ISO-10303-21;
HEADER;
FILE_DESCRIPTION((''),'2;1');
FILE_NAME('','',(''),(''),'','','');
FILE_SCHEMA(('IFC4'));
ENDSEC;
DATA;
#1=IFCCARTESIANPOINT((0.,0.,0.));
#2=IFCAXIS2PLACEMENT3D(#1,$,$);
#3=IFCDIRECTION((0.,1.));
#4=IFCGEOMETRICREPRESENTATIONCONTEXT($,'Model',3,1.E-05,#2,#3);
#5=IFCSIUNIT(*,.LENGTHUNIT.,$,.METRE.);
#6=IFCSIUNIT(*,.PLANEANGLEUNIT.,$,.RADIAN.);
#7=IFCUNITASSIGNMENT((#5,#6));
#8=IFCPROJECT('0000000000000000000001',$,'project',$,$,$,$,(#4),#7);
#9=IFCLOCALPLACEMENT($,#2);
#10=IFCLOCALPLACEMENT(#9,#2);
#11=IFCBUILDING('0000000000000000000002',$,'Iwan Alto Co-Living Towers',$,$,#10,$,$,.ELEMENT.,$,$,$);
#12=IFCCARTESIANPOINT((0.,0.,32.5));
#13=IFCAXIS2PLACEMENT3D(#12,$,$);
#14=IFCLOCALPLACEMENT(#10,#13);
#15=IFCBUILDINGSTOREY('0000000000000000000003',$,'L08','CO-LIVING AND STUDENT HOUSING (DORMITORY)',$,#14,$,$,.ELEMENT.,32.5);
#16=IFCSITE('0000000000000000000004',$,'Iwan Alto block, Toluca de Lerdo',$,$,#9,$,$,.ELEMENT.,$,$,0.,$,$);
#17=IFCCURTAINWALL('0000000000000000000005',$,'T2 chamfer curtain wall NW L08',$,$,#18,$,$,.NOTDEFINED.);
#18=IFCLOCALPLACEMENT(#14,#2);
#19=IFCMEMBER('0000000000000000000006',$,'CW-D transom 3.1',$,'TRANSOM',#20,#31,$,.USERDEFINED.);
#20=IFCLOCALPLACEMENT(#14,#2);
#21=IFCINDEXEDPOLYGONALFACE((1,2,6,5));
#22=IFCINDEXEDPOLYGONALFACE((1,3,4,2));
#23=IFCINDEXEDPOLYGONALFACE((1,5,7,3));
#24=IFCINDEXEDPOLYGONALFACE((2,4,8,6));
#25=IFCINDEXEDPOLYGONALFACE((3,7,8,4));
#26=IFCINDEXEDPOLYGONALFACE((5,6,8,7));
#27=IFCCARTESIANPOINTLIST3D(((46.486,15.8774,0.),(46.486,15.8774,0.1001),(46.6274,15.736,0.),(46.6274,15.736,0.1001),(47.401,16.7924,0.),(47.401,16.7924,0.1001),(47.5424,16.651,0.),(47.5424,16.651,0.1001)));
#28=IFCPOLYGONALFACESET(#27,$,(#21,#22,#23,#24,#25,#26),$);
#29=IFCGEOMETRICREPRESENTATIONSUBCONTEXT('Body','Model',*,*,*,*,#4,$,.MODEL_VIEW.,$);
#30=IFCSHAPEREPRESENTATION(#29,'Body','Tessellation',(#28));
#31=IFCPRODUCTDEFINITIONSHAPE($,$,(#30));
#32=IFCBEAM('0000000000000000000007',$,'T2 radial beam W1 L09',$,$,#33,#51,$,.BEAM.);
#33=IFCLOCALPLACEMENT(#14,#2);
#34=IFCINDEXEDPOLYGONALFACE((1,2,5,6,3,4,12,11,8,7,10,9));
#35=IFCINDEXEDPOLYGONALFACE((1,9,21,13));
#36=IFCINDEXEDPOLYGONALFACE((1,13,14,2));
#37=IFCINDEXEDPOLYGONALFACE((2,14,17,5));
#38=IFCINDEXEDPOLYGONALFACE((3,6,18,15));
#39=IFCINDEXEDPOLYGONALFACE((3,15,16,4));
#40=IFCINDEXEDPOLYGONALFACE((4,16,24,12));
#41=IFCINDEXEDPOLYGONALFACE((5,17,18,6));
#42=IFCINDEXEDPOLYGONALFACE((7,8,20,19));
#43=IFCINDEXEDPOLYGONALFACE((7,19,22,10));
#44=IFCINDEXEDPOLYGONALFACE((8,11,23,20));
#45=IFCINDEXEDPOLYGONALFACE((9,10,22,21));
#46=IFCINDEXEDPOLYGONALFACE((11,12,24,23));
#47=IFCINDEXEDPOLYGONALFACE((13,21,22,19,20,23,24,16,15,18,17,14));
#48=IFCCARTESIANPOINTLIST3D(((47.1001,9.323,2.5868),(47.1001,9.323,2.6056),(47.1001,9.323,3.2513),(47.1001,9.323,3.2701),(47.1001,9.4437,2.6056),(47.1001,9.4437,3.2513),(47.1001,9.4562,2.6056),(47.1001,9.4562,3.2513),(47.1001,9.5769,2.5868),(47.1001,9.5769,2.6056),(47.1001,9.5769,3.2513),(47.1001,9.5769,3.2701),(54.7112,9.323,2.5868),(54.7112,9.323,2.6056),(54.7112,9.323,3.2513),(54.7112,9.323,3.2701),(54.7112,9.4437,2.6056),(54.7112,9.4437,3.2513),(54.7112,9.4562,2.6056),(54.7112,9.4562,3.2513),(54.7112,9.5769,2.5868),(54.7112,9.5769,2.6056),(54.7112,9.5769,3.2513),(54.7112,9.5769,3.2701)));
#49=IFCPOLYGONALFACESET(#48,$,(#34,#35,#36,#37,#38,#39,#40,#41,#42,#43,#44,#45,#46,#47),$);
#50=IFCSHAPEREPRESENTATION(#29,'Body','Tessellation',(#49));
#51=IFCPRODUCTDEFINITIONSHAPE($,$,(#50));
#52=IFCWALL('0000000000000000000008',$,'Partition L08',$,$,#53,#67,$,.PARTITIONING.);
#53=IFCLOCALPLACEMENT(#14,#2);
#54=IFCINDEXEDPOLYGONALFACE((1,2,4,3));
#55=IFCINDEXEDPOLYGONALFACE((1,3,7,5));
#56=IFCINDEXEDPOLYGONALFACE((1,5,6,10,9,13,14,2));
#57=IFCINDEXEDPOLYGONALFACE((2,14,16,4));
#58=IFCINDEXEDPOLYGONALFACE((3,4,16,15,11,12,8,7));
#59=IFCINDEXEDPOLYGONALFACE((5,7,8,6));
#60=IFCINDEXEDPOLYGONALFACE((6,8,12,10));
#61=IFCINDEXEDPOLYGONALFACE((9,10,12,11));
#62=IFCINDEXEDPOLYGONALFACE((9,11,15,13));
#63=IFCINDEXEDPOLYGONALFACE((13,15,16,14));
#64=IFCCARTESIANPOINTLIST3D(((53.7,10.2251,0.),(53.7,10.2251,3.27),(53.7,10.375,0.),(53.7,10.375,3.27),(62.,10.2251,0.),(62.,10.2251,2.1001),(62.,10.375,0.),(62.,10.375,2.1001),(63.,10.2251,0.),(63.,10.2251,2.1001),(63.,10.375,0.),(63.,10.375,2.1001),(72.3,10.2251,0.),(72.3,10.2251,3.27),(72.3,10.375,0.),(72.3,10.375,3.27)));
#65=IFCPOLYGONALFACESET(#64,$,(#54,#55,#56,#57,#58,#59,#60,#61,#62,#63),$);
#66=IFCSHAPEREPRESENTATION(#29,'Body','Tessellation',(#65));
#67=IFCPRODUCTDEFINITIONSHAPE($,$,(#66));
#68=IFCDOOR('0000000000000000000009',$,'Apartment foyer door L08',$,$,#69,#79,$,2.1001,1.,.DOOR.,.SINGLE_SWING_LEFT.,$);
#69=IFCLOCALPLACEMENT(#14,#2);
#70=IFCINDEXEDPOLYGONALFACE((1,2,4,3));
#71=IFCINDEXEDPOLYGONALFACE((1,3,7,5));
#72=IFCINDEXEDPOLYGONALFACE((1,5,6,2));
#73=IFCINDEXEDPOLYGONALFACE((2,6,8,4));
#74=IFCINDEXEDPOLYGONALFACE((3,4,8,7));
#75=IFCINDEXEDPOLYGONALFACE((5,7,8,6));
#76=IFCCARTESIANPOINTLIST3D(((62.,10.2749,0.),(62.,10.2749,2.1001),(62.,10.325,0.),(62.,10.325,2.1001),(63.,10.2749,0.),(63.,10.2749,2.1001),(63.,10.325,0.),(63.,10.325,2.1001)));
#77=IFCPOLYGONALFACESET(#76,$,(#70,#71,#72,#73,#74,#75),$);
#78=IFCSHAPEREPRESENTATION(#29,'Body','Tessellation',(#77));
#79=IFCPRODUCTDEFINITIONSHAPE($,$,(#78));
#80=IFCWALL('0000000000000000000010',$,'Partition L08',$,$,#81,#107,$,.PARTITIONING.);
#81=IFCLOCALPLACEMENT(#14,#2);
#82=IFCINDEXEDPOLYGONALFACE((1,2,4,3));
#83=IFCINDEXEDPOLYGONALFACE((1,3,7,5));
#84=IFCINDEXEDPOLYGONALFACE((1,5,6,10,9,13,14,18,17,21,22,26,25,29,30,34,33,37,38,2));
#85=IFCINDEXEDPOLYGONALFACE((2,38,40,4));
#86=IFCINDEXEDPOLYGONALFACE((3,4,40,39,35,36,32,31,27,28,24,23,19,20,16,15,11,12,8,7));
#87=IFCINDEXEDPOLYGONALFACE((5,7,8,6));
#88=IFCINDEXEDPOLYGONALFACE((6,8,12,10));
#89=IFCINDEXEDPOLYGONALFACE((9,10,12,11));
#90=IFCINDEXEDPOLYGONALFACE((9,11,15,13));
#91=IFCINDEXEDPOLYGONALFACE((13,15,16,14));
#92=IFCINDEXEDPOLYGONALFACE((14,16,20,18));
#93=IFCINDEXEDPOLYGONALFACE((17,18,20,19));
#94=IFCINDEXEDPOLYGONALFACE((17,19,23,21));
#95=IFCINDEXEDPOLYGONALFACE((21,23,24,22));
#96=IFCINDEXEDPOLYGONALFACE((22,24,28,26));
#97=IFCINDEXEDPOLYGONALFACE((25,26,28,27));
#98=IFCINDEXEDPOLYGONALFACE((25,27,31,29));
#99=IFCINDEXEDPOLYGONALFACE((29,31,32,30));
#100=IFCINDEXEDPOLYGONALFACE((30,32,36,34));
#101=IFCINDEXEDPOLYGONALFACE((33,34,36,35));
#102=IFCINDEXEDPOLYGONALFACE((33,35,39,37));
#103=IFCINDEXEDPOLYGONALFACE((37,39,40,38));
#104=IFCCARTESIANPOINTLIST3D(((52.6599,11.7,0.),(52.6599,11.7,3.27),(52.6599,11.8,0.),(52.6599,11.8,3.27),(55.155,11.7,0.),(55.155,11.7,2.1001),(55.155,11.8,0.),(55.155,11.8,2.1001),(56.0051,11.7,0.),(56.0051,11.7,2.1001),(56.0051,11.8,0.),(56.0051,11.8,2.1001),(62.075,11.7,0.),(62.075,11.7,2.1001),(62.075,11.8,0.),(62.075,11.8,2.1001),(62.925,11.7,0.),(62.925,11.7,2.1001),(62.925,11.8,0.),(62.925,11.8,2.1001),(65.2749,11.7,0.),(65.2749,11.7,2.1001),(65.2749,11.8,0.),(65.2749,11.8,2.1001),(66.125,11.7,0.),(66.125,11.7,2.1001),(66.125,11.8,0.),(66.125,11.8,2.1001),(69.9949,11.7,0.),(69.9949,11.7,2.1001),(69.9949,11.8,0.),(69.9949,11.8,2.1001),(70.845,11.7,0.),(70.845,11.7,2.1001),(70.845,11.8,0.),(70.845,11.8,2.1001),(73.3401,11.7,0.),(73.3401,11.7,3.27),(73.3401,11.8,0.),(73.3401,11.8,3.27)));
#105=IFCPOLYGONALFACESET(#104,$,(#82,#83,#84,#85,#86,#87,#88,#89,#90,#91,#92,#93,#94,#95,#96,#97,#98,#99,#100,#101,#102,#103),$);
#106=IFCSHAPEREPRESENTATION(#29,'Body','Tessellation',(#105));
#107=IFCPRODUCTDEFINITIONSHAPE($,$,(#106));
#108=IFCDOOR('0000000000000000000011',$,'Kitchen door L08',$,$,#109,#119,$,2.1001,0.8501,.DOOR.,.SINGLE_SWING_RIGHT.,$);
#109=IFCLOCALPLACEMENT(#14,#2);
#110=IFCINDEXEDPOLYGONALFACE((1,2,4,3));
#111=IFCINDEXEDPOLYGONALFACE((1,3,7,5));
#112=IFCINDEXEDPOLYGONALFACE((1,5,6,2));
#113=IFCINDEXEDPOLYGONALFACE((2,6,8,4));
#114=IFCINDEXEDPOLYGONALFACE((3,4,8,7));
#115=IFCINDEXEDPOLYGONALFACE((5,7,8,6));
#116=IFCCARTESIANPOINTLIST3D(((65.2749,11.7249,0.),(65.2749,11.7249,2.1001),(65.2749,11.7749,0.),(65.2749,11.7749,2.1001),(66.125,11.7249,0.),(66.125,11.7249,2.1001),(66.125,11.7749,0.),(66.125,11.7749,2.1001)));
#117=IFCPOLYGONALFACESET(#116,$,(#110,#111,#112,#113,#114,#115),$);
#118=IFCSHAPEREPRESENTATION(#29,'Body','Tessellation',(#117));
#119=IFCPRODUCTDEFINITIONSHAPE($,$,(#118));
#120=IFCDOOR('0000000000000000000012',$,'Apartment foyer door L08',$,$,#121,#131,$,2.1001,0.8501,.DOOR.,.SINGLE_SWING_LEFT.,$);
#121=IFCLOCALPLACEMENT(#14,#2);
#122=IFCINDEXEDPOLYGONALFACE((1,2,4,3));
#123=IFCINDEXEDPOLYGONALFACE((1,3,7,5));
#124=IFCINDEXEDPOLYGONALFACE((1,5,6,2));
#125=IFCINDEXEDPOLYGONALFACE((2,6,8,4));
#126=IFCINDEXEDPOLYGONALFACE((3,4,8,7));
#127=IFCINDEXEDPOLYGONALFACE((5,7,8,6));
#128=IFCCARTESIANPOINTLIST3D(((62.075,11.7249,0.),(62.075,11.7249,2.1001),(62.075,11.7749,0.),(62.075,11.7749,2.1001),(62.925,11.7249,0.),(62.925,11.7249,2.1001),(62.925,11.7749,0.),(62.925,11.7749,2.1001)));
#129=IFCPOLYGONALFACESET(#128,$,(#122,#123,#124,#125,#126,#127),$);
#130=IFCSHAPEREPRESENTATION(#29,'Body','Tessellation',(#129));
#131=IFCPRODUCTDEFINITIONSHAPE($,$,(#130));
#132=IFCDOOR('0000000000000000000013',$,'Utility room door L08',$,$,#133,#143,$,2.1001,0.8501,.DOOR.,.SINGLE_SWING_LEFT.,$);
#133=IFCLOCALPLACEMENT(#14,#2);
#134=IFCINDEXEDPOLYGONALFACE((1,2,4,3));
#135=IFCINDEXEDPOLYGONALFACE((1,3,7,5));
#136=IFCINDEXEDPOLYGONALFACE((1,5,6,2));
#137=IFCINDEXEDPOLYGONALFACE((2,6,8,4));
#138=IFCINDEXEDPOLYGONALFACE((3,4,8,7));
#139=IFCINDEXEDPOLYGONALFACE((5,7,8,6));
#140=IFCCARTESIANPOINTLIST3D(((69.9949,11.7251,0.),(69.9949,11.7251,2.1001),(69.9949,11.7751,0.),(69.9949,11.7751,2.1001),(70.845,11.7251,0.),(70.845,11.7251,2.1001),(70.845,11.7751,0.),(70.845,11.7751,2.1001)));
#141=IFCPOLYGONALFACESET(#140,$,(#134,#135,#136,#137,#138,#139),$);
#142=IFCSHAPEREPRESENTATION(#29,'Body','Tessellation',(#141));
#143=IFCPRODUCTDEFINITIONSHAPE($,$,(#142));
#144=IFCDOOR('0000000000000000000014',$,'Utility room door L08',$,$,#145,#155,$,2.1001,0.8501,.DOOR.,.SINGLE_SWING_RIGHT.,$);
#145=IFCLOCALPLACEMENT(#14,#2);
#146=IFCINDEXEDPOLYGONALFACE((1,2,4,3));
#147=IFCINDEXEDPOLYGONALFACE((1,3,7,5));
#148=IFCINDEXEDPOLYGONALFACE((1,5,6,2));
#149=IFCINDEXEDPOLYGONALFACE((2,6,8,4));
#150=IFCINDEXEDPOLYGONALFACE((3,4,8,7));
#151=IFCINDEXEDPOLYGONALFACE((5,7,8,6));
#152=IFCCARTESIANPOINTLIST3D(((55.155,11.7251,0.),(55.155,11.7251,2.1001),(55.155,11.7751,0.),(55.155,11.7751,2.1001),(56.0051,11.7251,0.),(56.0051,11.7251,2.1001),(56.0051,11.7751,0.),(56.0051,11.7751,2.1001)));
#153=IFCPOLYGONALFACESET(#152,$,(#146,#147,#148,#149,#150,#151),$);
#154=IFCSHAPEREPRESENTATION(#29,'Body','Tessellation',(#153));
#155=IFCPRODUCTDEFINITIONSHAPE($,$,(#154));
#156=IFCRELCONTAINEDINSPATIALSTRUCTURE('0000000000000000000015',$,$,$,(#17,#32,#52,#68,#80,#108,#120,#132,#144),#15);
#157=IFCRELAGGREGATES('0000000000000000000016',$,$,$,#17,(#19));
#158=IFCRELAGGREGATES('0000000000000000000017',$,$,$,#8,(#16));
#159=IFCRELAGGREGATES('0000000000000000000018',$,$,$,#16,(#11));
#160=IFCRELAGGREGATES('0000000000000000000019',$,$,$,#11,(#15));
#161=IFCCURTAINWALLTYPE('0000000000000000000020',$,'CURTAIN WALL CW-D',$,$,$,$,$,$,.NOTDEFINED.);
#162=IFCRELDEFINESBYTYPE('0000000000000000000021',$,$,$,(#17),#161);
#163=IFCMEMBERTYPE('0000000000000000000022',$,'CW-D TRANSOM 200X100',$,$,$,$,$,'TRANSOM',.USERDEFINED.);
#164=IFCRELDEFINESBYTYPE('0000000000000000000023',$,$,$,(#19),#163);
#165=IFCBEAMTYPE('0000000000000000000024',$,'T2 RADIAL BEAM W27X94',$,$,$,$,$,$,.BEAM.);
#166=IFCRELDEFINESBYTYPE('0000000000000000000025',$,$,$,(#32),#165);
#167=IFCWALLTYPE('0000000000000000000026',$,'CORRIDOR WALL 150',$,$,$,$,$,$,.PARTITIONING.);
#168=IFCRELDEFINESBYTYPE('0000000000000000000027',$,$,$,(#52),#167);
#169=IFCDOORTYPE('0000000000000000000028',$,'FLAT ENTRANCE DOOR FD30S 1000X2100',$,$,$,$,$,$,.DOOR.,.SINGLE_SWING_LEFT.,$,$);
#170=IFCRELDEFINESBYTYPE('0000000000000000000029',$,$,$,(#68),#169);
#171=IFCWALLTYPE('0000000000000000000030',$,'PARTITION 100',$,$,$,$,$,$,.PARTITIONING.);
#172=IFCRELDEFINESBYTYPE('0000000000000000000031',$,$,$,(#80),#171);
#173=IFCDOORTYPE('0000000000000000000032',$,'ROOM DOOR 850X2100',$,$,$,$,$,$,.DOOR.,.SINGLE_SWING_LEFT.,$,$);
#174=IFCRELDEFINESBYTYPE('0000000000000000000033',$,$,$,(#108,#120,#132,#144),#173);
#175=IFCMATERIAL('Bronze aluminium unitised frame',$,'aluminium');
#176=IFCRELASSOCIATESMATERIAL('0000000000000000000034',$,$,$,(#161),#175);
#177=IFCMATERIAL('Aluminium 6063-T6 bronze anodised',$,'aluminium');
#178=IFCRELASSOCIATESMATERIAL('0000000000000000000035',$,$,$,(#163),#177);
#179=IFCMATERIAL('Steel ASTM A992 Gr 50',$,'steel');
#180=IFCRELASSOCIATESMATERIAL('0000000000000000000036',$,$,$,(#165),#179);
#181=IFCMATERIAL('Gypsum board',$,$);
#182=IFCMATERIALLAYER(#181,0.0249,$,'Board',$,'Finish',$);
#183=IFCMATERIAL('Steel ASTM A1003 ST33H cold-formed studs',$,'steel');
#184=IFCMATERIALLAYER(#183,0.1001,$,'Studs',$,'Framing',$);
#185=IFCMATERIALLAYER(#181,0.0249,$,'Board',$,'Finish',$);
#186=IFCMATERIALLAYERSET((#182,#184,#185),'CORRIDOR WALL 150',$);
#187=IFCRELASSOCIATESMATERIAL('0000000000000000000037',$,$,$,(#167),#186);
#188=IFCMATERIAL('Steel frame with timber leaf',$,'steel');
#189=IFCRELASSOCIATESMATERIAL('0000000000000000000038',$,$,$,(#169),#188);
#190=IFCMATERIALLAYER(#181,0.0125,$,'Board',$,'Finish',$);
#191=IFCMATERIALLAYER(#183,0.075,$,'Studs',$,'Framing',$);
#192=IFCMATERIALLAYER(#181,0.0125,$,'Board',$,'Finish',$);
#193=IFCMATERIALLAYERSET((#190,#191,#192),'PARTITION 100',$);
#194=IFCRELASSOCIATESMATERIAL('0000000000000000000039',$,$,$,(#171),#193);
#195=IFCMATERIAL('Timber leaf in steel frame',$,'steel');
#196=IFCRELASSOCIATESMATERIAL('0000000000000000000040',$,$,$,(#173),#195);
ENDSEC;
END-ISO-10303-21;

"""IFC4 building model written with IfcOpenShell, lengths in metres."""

from ifc_helpers import new_model, si_unit, direction, frame, frame_2d, origin, origin_2d, place, context, subcontext, project, spatial, rectangle, i_section, extrude, material, layer, layer_set, material_profile, profile_set, type_object, element, fill, aggregate, save


model = new_model("IFC4")

# Units and contexts
model_context = context("Model", 3, precision=1e-05, world=origin(), true_north=direction((0.0, 1.0)))
body_context = subcontext(model_context, "Body", "Model", "MODEL_VIEW")
ifc_project = project(units=[si_unit("LENGTHUNIT", "METRE"), si_unit("PLANEANGLEUNIT", "RADIAN")], contexts=[model_context])

# Site, building, storey
site_placement = place(None, origin())
site = spatial("IfcSite", under=ifc_project, at=site_placement, Name="Iwan Alto block, Toluca de Lerdo", CompositionType="ELEMENT", RefElevation=0.0)
building_placement = place(site_placement, origin())
building = spatial("IfcBuilding", under=site, at=building_placement, Name="Iwan Alto Co-Living Towers", CompositionType="ELEMENT")
storey_placement = place(building_placement, frame((0.0, 0.0, 32.5)))
storey = spatial("IfcBuildingStorey", under=building, at=storey_placement, Name="L08", Description="CO-LIVING AND STUDENT HOUSING (DORMITORY)", CompositionType="ELEMENT", Elevation=32.5)

# Curtain wall, member
ifc_material_1 = material(Name="Bronze aluminium unitised frame", Category="aluminium")
curtain_wall_type = type_object("IfcCurtainWallType", Name="CURTAIN WALL CW-D", PredefinedType="NOTDEFINED", material=ifc_material_1)
curtain_wall_placement = place(storey_placement, origin())
curtain_wall = element("IfcCurtainWall", 1, at=curtain_wall_placement, inside=storey, type_object=curtain_wall_type, Name="T2 chamfer curtain wall NW L08", PredefinedType="NOTDEFINED")
ifc_material_2 = material(Name="Aluminium 6063-T6 bronze anodised", Category="aluminium")
ifc_material_profile_1 = material_profile(ifc_material_2, rectangle(XDim=0.2, YDim=0.1001, at=origin_2d()), Name="AL 200X100")
ifc_profile_set_1 = profile_set([ifc_material_profile_1], Name="Aluminium 6063-T6 bronze anodised")
member_type = type_object("IfcMemberType", Name="CW-D TRANSOM 200X100", ElementType="TRANSOM", PredefinedType="USERDEFINED", material=ifc_profile_set_1)
member_placement = place(storey_placement, frame((47.4717, 16.7217, 0.05), z_axis=(-0.707107, -0.707107, 0.0), x_axis=(0.707107, -0.707107, 0.0)))
member = element("IfcMember", 2, at=member_placement, type_object=member_type, Name="CW-D transom 3.1", ObjectType="TRANSOM", PredefinedType="USERDEFINED", context=body_context, shape_type="SweptSolid", body=[
    extrude(rectangle(XDim=0.2, YDim=0.1001, at=origin_2d()), origin(), (0.0, 0.0, 1.0), 1.2939),
])
aggregate(curtain_wall, [member])

# Beam
ifc_material_3 = material(Name="Steel ASTM A992 Gr 50", Category="steel")
ifc_material_profile_2 = material_profile(ifc_material_3, i_section(OverallWidth=0.2539, OverallDepth=0.6833, WebThickness=0.0125, FlangeThickness=0.0188, at=origin_2d()), Name="W27X94")
ifc_profile_set_2 = profile_set([ifc_material_profile_2], Name="Steel ASTM A992 Gr 50")
beam_type = type_object("IfcBeamType", Name="T2 RADIAL BEAM W27X94", PredefinedType="BEAM", material=ifc_profile_set_2)
beam_placement = place(storey_placement, frame((47.1001, 9.45, 2.9285), z_axis=(1.0, 0.0, 0.0), x_axis=(0.0, 1.0, 0.0)))
element("IfcBeam", 3, at=beam_placement, inside=storey, type_object=beam_type, Name="T2 radial beam W1 L09", PredefinedType="BEAM", context=body_context, shape_type="SweptSolid", body=[
    extrude(i_section(OverallWidth=0.2539, OverallDepth=0.6833, WebThickness=0.0125, FlangeThickness=0.0188, at=origin_2d()), origin(), (0.0, 0.0, 1.0), 7.6111),
])

# Wall, opening, door
ifc_material_4 = material(Name="Gypsum board")
ifc_layer_1 = layer(ifc_material_4, 0.0249, Name="Board", Category="Finish")
ifc_material_5 = material(Name="Steel ASTM A1003 ST33H cold-formed studs", Category="steel")
ifc_layer_2 = layer(ifc_material_5, 0.1001, Name="Studs", Category="Framing")
ifc_layer_3 = layer(ifc_material_4, 0.0249, Name="Board", Category="Finish")
ifc_layer_set_1 = layer_set([ifc_layer_1, ifc_layer_2, ifc_layer_3], Name="CORRIDOR WALL 150")
wall_type_1 = type_object("IfcWallType", Name="CORRIDOR WALL 150", PredefinedType="PARTITIONING", material=ifc_layer_set_1)
wall_1_placement = place(storey_placement, frame((53.7, 10.3, 0.0), z_axis=(0.0, 0.0, 1.0), x_axis=(1.0, 0.0, 0.0)))
wall_1 = element("IfcWall", 4, at=wall_1_placement, inside=storey, type_object=wall_type_1, Name="Partition L08", PredefinedType="PARTITIONING", context=body_context, shape_type="SweptSolid", body=[
    extrude(rectangle(XDim=18.6001, YDim=0.1499, at=frame_2d((9.3, 0.0))), origin(), (0.0, 0.0, 1.0), 3.27),
])
opening_1_placement = place(wall_1_placement, frame((8.3, 0.0, 0.0)))
opening_1 = element("IfcOpeningElement", 5, at=opening_1_placement, cuts=wall_1, PredefinedType="OPENING", context=body_context, shape_type="SweptSolid", body=[
    extrude(rectangle(XDim=1.0, YDim=2.1001, at=frame_2d((0.5, 1.05))), frame((0.0, 0.085, 0.0), z_axis=(0.0, -1.0, 0.0), x_axis=(1.0, 0.0, 0.0)), (0.0, 0.0, 1.0), 0.1699),
])
ifc_material_6 = material(Name="Steel frame with timber leaf", Category="steel")
door_type_1 = type_object("IfcDoorType", Name="FLAT ENTRANCE DOOR FD30S 1000X2100", OperationType="SINGLE_SWING_LEFT", PredefinedType="DOOR", material=ifc_material_6)
door_1_placement = place(opening_1_placement, origin())
door_1 = element("IfcDoor", 6, at=door_1_placement, inside=storey, type_object=door_type_1, Name="Apartment foyer door L08", OperationType="SINGLE_SWING_LEFT", OverallHeight=2.1001, OverallWidth=1.0, PredefinedType="DOOR", context=body_context, shape_type="SweptSolid", body=[
    extrude(rectangle(XDim=1.0, YDim=2.1001, at=frame_2d((0.5, 1.05))), frame((0.0, 0.0249, 0.0), z_axis=(0.0, -1.0, 0.0), x_axis=(1.0, 0.0, 0.0)), (0.0, 0.0, 1.0), 0.05),
])
fill(opening_1, door_1)

# Wall, openings, doors
ifc_layer_4 = layer(ifc_material_4, 0.0125, Name="Board", Category="Finish")
ifc_layer_5 = layer(ifc_material_5, 0.075, Name="Studs", Category="Framing")
ifc_layer_6 = layer(ifc_material_4, 0.0125, Name="Board", Category="Finish")
ifc_layer_set_2 = layer_set([ifc_layer_4, ifc_layer_5, ifc_layer_6], Name="PARTITION 100")
wall_type_2 = type_object("IfcWallType", Name="PARTITION 100", PredefinedType="PARTITIONING", material=ifc_layer_set_2)
wall_2_placement = place(storey_placement, frame((52.6599, 11.75, 0.0), z_axis=(0.0, 0.0, 1.0), x_axis=(1.0, 0.0, 0.0)))
wall_2 = element("IfcWall", 7, at=wall_2_placement, inside=storey, type_object=wall_type_2, Name="Partition L08", PredefinedType="PARTITIONING", context=body_context, shape_type="SweptSolid", body=[
    extrude(rectangle(XDim=20.6802, YDim=0.1001, at=frame_2d((10.3401, 0.0))), origin(), (0.0, 0.0, 1.0), 3.27),
])
opening_2_placement = place(wall_2_placement, frame((12.615, 0.0, 0.0)))
opening_2 = element("IfcOpeningElement", 8, at=opening_2_placement, cuts=wall_2, PredefinedType="OPENING", context=body_context, shape_type="SweptSolid", body=[
    extrude(rectangle(XDim=0.8501, YDim=2.1001, at=frame_2d((0.425, 1.05))), frame((0.0, 0.0601, 0.0), z_axis=(0.0, -1.0, 0.0), x_axis=(1.0, 0.0, 0.0)), (0.0, 0.0, 1.0), 0.1201),
])
opening_3_placement = place(wall_2_placement, frame((9.415, 0.0, 0.0)))
opening_3 = element("IfcOpeningElement", 9, at=opening_3_placement, cuts=wall_2, PredefinedType="OPENING", context=body_context, shape_type="SweptSolid", body=[
    extrude(rectangle(XDim=0.8501, YDim=2.1001, at=frame_2d((0.425, 1.05))), frame((0.0, 0.0601, 0.0), z_axis=(0.0, -1.0, 0.0), x_axis=(1.0, 0.0, 0.0)), (0.0, 0.0, 1.0), 0.1201),
])
opening_4_placement = place(wall_2_placement, frame((17.335, 0.0, 0.0)))
opening_4 = element("IfcOpeningElement", 10, at=opening_4_placement, cuts=wall_2, PredefinedType="OPENING", context=body_context, shape_type="SweptSolid", body=[
    extrude(rectangle(XDim=0.8501, YDim=2.1001, at=frame_2d((0.425, 1.05))), frame((0.0, 0.0601, 0.0), z_axis=(0.0, -1.0, 0.0), x_axis=(1.0, 0.0, 0.0)), (0.0, 0.0, 1.0), 0.1201),
])
opening_5_placement = place(wall_2_placement, frame((2.4951, 0.0, 0.0)))
opening_5 = element("IfcOpeningElement", 11, at=opening_5_placement, cuts=wall_2, PredefinedType="OPENING", context=body_context, shape_type="SweptSolid", body=[
    extrude(rectangle(XDim=0.8501, YDim=2.1001, at=frame_2d((0.425, 1.05))), frame((0.0, 0.0601, 0.0), z_axis=(0.0, -1.0, 0.0), x_axis=(1.0, 0.0, 0.0)), (0.0, 0.0, 1.0), 0.1201),
])
ifc_material_7 = material(Name="Timber leaf in steel frame", Category="steel")
door_type_2 = type_object("IfcDoorType", Name="ROOM DOOR 850X2100", OperationType="SINGLE_SWING_LEFT", PredefinedType="DOOR", material=ifc_material_7)
door_2_placement = place(opening_2_placement, origin())
door_2 = element("IfcDoor", 12, at=door_2_placement, inside=storey, type_object=door_type_2, Name="Kitchen door L08", OperationType="SINGLE_SWING_RIGHT", OverallHeight=2.1001, OverallWidth=0.8501, PredefinedType="DOOR", context=body_context, shape_type="SweptSolid", body=[
    extrude(rectangle(XDim=0.8501, YDim=2.1001, at=frame_2d((0.425, 1.05))), frame((0.0, 0.0249, 0.0), z_axis=(0.0, -1.0, 0.0), x_axis=(1.0, 0.0, 0.0)), (0.0, 0.0, 1.0), 0.05),
])
fill(opening_2, door_2)
door_3_placement = place(opening_3_placement, origin())
door_3 = element("IfcDoor", 13, at=door_3_placement, inside=storey, type_object=door_type_2, Name="Apartment foyer door L08", OperationType="SINGLE_SWING_LEFT", OverallHeight=2.1001, OverallWidth=0.8501, PredefinedType="DOOR", context=body_context, shape_type="SweptSolid", body=[
    extrude(rectangle(XDim=0.8501, YDim=2.1001, at=frame_2d((0.425, 1.05))), frame((0.0, 0.0249, 0.0), z_axis=(0.0, -1.0, 0.0), x_axis=(1.0, 0.0, 0.0)), (0.0, 0.0, 1.0), 0.05),
])
fill(opening_3, door_3)
door_4_placement = place(opening_4_placement, frame((0.8501, 0.0, 0.0), z_axis=(0.0, 0.0, 1.0), x_axis=(-1.0, 0.0, 0.0)))
door_4 = element("IfcDoor", 14, at=door_4_placement, inside=storey, type_object=door_type_2, Name="Utility room door L08", OperationType="SINGLE_SWING_LEFT", OverallHeight=2.1001, OverallWidth=0.8501, PredefinedType="DOOR", context=body_context, shape_type="SweptSolid", body=[
    extrude(rectangle(XDim=0.8501, YDim=2.1001, at=frame_2d((0.425, 1.05))), frame((0.0, 0.0249, 0.0), z_axis=(0.0, -1.0, 0.0), x_axis=(1.0, 0.0, 0.0)), (0.0, 0.0, 1.0), 0.05),
])
fill(opening_4, door_4)
door_5_placement = place(opening_5_placement, frame((0.8501, 0.0, 0.0), z_axis=(0.0, 0.0, 1.0), x_axis=(-1.0, 0.0, 0.0)))
door_5 = element("IfcDoor", 15, at=door_5_placement, inside=storey, type_object=door_type_2, Name="Utility room door L08", OperationType="SINGLE_SWING_RIGHT", OverallHeight=2.1001, OverallWidth=0.8501, PredefinedType="DOOR", context=body_context, shape_type="SweptSolid", body=[
    extrude(rectangle(XDim=0.8501, YDim=2.1001, at=frame_2d((0.425, 1.05))), frame((0.0, 0.0249, 0.0), z_axis=(0.0, -1.0, 0.0), x_axis=(1.0, 0.0, 0.0)), (0.0, 0.0, 1.0), 0.05),
])
fill(opening_5, door_5)

save(model, "model.ifc")
